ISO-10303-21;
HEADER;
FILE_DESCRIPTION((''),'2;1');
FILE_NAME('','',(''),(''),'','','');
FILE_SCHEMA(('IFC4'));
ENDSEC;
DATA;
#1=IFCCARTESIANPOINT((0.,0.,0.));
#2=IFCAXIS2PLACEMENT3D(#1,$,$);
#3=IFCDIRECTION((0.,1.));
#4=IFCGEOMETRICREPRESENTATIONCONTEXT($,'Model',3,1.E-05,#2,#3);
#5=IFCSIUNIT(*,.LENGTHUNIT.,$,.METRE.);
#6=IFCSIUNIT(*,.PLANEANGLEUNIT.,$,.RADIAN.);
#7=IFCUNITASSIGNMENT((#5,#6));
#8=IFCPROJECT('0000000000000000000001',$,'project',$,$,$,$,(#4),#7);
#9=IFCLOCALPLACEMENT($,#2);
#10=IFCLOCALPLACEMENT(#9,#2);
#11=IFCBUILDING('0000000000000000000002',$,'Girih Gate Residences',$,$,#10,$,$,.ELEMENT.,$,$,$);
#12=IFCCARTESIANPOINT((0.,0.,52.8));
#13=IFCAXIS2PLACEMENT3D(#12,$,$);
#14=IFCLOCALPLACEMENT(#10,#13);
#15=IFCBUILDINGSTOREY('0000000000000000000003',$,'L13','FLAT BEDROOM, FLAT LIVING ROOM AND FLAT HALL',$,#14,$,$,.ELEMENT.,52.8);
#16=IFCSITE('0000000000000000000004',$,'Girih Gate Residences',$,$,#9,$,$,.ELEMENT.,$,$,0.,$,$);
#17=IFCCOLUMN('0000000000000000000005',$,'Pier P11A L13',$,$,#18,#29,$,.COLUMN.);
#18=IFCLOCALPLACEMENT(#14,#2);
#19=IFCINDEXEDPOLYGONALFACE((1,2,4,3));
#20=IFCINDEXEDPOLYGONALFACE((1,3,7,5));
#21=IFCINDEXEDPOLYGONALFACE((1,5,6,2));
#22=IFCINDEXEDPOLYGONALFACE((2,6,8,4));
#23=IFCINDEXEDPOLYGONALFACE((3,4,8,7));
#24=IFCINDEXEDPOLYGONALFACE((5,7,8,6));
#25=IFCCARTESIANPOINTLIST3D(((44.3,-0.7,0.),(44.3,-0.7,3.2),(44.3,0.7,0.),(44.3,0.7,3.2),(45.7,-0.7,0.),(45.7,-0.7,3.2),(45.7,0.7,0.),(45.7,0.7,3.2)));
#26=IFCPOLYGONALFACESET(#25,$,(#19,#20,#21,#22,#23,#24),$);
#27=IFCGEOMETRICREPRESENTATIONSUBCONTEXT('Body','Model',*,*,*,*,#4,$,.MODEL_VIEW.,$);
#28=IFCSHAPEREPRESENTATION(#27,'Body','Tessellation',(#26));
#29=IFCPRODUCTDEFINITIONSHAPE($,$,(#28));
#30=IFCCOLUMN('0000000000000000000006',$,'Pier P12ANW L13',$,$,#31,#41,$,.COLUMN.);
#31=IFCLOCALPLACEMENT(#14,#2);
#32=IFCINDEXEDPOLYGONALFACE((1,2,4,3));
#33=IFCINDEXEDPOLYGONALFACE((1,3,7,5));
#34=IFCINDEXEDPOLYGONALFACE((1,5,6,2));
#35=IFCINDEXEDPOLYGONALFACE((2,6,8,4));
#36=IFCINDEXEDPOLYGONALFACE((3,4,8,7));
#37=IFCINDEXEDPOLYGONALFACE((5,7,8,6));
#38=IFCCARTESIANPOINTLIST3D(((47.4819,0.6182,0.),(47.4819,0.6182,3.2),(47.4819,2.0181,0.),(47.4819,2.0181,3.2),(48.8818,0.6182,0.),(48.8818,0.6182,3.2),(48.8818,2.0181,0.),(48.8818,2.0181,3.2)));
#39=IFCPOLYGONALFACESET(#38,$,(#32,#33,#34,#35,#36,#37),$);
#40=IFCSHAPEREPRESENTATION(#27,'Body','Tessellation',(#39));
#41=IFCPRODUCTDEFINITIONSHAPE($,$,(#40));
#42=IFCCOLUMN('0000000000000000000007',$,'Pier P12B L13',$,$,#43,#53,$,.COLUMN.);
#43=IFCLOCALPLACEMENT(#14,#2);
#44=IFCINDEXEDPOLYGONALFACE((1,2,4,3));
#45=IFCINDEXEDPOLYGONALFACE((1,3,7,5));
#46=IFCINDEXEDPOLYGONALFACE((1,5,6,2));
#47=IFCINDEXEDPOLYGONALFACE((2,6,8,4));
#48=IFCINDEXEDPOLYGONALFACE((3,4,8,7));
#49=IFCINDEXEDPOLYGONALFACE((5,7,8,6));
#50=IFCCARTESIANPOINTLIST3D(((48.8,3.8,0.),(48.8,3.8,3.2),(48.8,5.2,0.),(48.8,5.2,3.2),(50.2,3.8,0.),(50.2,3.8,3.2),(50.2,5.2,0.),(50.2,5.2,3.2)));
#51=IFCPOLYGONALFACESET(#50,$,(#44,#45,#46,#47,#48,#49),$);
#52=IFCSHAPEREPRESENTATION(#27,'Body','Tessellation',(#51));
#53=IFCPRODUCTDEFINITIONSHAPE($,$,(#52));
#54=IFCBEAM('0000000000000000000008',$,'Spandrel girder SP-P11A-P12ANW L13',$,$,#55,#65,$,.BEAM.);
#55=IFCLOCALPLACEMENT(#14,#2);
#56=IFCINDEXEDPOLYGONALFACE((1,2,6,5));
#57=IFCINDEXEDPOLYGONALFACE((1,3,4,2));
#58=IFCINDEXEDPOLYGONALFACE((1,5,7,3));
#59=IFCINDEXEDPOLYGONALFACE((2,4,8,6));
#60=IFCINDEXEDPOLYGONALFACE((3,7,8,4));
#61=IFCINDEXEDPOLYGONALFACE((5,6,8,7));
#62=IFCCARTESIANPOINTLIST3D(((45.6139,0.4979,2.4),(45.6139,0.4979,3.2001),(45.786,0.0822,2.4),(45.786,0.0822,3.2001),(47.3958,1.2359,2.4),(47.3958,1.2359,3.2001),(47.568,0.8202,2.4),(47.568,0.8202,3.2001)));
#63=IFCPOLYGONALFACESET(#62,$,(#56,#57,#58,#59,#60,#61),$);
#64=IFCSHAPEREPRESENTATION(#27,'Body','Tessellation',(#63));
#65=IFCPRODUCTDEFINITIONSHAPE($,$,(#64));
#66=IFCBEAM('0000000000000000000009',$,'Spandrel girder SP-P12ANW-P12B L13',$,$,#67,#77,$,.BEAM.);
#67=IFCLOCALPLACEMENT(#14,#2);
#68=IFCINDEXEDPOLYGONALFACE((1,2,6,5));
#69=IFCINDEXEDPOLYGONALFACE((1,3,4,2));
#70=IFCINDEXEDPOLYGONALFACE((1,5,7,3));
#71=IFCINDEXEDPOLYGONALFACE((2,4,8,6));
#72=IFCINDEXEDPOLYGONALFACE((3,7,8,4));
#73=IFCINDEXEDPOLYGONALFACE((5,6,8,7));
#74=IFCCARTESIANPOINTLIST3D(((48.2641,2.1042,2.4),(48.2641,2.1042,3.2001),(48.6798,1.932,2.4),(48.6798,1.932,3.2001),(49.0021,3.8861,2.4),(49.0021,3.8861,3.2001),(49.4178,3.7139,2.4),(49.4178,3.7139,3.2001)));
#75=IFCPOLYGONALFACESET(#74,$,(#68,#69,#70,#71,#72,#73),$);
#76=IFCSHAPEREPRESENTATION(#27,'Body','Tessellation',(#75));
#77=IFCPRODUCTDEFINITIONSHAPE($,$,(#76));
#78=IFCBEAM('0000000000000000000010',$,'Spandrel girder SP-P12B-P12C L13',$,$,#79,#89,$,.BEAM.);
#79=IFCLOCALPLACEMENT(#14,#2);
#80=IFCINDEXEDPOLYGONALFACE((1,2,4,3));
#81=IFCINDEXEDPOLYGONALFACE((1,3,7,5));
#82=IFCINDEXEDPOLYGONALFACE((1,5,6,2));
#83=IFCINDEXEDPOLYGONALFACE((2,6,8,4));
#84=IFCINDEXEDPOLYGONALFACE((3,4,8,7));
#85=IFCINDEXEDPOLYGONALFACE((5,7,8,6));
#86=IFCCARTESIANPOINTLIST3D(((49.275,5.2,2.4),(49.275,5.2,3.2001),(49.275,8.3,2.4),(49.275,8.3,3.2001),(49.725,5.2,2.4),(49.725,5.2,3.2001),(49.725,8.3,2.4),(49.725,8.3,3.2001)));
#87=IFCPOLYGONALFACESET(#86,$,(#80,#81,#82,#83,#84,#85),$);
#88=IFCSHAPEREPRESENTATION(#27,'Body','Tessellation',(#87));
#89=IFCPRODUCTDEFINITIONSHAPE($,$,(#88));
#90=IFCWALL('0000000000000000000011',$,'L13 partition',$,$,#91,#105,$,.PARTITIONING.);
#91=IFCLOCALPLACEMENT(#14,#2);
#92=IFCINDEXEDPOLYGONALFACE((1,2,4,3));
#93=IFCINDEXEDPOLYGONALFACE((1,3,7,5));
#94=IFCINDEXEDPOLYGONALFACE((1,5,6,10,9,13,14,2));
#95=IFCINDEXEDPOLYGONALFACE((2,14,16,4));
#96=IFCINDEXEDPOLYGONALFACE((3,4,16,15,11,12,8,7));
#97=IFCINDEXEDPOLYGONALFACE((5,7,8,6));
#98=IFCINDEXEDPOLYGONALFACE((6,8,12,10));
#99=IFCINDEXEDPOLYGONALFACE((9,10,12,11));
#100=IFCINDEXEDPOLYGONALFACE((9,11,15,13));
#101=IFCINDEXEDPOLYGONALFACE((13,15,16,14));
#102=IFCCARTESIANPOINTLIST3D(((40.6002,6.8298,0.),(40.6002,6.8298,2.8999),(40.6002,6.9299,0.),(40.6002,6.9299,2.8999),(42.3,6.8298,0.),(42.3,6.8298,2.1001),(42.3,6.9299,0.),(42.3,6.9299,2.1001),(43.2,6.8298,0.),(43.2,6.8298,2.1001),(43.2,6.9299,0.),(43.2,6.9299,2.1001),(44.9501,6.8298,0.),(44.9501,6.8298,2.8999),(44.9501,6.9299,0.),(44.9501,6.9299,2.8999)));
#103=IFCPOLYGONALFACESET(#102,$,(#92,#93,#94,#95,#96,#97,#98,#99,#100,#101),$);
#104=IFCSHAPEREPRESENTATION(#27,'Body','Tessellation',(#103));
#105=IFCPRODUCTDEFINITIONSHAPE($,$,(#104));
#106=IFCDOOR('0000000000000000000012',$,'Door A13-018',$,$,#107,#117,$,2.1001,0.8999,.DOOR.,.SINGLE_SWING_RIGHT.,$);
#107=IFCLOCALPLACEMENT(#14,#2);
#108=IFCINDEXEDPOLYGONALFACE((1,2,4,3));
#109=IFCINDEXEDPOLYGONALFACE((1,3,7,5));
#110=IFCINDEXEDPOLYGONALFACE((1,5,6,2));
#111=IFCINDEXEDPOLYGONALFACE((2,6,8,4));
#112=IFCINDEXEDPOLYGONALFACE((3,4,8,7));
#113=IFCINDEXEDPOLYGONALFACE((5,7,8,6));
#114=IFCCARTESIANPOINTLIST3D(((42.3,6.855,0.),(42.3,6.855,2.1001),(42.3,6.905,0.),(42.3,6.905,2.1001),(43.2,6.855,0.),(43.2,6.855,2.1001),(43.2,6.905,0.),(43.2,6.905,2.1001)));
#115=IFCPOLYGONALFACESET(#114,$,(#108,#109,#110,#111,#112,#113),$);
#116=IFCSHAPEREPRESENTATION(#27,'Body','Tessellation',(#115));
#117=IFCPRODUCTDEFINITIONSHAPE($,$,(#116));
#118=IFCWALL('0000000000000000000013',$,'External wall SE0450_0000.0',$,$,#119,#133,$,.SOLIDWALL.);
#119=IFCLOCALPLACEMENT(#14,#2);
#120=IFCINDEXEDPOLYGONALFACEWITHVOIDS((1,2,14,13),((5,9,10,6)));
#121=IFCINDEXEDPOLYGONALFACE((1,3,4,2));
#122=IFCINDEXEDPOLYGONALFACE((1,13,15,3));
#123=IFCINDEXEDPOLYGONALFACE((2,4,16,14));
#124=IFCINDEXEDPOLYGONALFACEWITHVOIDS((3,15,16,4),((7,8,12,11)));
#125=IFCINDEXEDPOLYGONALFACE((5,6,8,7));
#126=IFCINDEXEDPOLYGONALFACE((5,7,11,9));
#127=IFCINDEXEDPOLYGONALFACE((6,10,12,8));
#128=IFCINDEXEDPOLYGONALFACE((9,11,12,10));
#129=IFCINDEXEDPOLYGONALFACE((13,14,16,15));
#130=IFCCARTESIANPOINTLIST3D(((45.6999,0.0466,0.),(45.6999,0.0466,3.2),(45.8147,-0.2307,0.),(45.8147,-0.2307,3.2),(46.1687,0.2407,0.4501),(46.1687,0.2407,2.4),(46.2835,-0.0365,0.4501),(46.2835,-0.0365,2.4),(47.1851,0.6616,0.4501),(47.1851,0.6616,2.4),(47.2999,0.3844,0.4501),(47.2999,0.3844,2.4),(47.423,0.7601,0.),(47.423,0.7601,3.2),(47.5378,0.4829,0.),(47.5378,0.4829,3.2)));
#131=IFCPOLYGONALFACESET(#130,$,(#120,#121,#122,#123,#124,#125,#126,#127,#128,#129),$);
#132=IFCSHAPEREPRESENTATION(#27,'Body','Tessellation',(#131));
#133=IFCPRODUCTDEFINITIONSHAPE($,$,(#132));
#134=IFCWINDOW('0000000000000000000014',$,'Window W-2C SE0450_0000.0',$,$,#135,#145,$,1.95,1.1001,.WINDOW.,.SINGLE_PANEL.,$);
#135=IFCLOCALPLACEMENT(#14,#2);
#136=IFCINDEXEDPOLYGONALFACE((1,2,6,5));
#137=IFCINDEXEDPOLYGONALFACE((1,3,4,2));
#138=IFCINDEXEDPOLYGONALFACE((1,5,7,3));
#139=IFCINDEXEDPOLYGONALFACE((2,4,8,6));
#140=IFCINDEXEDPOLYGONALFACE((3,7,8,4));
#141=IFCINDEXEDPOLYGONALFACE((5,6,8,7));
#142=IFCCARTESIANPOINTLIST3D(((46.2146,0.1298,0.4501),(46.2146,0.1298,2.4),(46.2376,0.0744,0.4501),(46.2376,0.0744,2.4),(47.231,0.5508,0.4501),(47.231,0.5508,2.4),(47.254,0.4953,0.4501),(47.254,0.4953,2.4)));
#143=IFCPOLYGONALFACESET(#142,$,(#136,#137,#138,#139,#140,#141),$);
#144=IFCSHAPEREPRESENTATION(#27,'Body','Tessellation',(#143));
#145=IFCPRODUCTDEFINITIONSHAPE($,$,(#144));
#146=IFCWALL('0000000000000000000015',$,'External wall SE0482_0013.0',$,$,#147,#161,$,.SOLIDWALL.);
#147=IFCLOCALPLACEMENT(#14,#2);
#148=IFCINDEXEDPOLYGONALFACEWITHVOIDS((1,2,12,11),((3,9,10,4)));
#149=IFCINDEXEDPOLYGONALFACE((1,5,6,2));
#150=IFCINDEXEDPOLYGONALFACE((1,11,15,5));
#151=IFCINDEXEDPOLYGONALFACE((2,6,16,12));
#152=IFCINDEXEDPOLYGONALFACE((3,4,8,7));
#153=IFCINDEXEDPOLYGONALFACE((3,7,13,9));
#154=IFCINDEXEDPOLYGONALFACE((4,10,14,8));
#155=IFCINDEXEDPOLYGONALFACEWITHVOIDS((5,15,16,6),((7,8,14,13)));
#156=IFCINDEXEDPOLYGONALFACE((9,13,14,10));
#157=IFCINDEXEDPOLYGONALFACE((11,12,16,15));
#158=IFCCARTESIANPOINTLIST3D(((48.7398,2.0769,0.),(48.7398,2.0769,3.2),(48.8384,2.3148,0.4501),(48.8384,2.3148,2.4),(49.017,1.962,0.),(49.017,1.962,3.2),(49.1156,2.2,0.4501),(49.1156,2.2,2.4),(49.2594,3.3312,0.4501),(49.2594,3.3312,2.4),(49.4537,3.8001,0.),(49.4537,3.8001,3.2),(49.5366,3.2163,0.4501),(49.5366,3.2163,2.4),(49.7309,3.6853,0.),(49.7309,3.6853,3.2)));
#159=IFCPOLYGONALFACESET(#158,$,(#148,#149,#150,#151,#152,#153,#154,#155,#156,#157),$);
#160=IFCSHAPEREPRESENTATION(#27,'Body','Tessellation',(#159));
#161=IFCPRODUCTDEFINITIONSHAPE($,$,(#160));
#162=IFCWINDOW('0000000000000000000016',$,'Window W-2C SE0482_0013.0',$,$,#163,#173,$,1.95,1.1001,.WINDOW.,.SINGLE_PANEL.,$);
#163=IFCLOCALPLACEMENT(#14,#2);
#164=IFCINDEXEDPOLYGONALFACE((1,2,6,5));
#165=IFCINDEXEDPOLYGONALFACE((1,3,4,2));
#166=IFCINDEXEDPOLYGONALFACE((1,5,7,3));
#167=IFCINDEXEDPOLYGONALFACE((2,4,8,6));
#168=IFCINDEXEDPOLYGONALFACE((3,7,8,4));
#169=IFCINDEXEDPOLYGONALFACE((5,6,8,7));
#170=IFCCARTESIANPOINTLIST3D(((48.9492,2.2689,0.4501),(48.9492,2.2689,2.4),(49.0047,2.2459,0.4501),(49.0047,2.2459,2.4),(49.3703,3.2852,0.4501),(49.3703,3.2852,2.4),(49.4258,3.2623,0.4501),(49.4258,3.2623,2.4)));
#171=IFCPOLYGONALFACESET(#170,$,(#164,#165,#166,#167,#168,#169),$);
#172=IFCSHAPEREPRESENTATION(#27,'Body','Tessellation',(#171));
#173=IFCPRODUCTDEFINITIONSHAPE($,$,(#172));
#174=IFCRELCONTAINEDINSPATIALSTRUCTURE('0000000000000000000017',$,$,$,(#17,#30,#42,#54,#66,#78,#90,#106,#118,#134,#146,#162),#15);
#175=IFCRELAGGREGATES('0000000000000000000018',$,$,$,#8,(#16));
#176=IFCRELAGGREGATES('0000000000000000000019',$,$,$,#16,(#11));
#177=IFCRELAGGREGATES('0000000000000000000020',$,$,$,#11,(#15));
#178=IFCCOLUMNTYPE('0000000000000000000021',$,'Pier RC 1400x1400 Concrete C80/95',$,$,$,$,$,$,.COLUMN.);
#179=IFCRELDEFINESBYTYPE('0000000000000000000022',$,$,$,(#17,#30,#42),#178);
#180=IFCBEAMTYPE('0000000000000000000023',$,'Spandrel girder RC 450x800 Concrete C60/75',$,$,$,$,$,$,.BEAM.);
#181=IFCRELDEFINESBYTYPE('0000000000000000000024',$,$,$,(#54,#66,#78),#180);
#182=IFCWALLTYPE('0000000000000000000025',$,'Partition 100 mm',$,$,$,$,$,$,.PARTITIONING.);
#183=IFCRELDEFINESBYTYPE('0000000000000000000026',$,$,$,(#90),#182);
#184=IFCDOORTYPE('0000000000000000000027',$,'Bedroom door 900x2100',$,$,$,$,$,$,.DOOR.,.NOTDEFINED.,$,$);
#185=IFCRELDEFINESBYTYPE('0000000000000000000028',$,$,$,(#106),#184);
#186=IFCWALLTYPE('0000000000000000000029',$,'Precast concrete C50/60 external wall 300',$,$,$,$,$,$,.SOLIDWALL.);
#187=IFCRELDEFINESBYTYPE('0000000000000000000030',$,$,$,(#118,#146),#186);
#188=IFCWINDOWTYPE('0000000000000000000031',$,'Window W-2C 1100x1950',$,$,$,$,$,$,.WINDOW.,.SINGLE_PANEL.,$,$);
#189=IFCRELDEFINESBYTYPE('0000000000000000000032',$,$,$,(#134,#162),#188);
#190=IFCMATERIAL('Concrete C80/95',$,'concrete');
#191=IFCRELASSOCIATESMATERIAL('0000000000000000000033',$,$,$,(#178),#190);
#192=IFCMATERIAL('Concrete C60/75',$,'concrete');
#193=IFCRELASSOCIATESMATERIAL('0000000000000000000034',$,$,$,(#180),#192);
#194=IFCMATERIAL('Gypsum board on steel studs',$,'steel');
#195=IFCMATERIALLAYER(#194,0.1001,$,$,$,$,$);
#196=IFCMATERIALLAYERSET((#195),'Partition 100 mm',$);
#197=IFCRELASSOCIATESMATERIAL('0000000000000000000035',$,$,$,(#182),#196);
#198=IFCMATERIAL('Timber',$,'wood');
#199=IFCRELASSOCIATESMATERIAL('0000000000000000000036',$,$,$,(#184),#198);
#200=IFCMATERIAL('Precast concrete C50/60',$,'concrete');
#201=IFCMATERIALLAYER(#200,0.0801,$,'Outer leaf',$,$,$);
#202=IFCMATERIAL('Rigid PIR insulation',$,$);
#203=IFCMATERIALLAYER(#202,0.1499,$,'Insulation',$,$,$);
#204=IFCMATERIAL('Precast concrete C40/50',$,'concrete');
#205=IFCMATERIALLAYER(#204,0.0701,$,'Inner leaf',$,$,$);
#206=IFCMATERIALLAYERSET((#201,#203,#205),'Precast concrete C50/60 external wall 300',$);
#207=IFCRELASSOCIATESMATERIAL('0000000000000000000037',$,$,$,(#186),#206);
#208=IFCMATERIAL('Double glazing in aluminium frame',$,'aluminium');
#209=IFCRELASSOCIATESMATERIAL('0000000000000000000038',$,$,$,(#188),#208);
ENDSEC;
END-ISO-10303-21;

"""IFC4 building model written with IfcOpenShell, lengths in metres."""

from ifc_helpers import new_model, si_unit, direction, frame, frame_2d, origin, origin_2d, place, context, subcontext, project, spatial, rectangle, extrude, material, layer, layer_set, material_profile, profile_set, type_object, element, fill, save


model = new_model("IFC4")

# Units and contexts
model_context = context("Model", 3, precision=1e-05, world=origin(), true_north=direction((0.0, 1.0)))
body_context = subcontext(model_context, "Body", "Model", "MODEL_VIEW")
ifc_project = project(units=[si_unit("LENGTHUNIT", "METRE"), si_unit("PLANEANGLEUNIT", "RADIAN")], contexts=[model_context])

# Site, building, storey
site_placement = place(None, origin())
site = spatial("IfcSite", under=ifc_project, at=site_placement, Name="Girih Gate Residences", CompositionType="ELEMENT", RefElevation=0.0)
building_placement = place(site_placement, origin())
building = spatial("IfcBuilding", under=site, at=building_placement, Name="Girih Gate Residences", CompositionType="ELEMENT")
storey_placement = place(building_placement, frame((0.0, 0.0, 52.8)))
storey = spatial("IfcBuildingStorey", under=building, at=storey_placement, Name="L13", Description="FLAT BEDROOM, FLAT LIVING ROOM AND FLAT HALL", CompositionType="ELEMENT", Elevation=52.8)

# Columns
ifc_material_1 = material(Name="Concrete C80/95", Category="concrete")
ifc_material_profile_1 = material_profile(ifc_material_1, rectangle(XDim=1.3999, YDim=1.3999, at=origin_2d()))
ifc_profile_set_1 = profile_set([ifc_material_profile_1], Name="Concrete C80/95")
column_type = type_object("IfcColumnType", Name="Pier RC 1400x1400 Concrete C80/95", PredefinedType="COLUMN", material=ifc_profile_set_1)
for number, where, z_axis, x_axis, name in (
    (1, (45.0, 0.0, 0.0), (0.0, 0.0, 1.0), (1.0, 0.0, 0.0), "Pier P11A L13"),
    (2, (48.1819, 1.3181, 0.0), (0.0, 0.0, 1.0), (1.0, 0.0, 0.0), "Pier P12ANW L13"),
    (3, (49.5, 4.5, 0.0), (0.0, 0.0, 1.0), (1.0, 0.0, 0.0), "Pier P12B L13"),
):
    element("IfcColumn", number, at=place(storey_placement, frame(where, z_axis=z_axis, x_axis=x_axis)), inside=storey, type_object=column_type, Name=name, PredefinedType="COLUMN", context=body_context, shape_type="SweptSolid", body=[
        extrude(rectangle(XDim=1.3999, YDim=1.3999, at=origin_2d()), origin(), (0.0, 0.0, 1.0), 3.2),
    ])

# Beams
ifc_material_2 = material(Name="Concrete C60/75", Category="concrete")
ifc_material_profile_2 = material_profile(ifc_material_2, rectangle(XDim=0.45, YDim=0.8, at=origin_2d()))
ifc_profile_set_2 = profile_set([ifc_material_profile_2], Name="Concrete C60/75")
beam_type = type_object("IfcBeamType", Name="Spandrel girder RC 450x800 Concrete C60/75", PredefinedType="BEAM", material=ifc_profile_set_2)
for number, where, z_axis, x_axis, name in (
    (4, (45.7, 0.29, 2.8), (0.923895, 0.382646, 0.0), (-0.382646, 0.923895, 0.0), "Spandrel girder SP-P11A-P12ANW L13"),
    (5, (48.4719, 2.0181, 2.8), (0.382646, 0.923895, 0.0), (-0.923895, 0.382646, 0.0), "Spandrel girder SP-P12ANW-P12B L13"),
):
    element("IfcBeam", number, at=place(storey_placement, frame(where, z_axis=z_axis, x_axis=x_axis)), inside=storey, type_object=beam_type, Name=name, PredefinedType="BEAM", context=body_context, shape_type="SweptSolid", body=[
        extrude(rectangle(XDim=0.45, YDim=0.8, at=origin_2d()), origin(), (0.0, 0.0, 1.0), 1.9287),
    ])
beam_placement = place(storey_placement, frame((49.5, 5.2, 2.8), z_axis=(0.0, 1.0, 0.0), x_axis=(-1.0, 0.0, 0.0)))
element("IfcBeam", 6, at=beam_placement, inside=storey, type_object=beam_type, Name="Spandrel girder SP-P12B-P12C L13", PredefinedType="BEAM", context=body_context, shape_type="SweptSolid", body=[
    extrude(rectangle(XDim=0.45, YDim=0.8, at=origin_2d()), origin(), (0.0, 0.0, 1.0), 3.1001),
])

# Wall, opening, door
ifc_material_3 = material(Name="Gypsum board on steel studs", Category="steel")
ifc_layer_1 = layer(ifc_material_3, 0.1001)
ifc_layer_set_1 = layer_set([ifc_layer_1], Name="Partition 100 mm")
wall_type_1 = type_object("IfcWallType", Name="Partition 100 mm", PredefinedType="PARTITIONING", material=ifc_layer_set_1)
wall_1_placement = place(storey_placement, frame((44.95, 6.8799, 0.0), z_axis=(0.0, 0.0, 1.0), x_axis=(-1.0, 0.0, 0.0)))
wall_1 = element("IfcWall", 7, at=wall_1_placement, inside=storey, type_object=wall_type_1, Name="L13 partition", PredefinedType="PARTITIONING", context=body_context, shape_type="SweptSolid", body=[
    extrude(rectangle(XDim=4.3499, YDim=0.1001, at=frame_2d((2.1748, 0.0))), origin(), (0.0, 0.0, 1.0), 2.8999),
])
opening_1_placement = place(wall_1_placement, frame((1.75, 0.0, 0.0)))
opening_1 = element("IfcOpeningElement", 8, at=opening_1_placement, cuts=wall_1, PredefinedType="OPENING", context=body_context, shape_type="SweptSolid", body=[
    extrude(rectangle(XDim=0.8999, YDim=2.1001, at=frame_2d((0.45, 1.05))), frame((0.0, 0.0601, 0.0), z_axis=(0.0, -1.0, 0.0), x_axis=(1.0, 0.0, 0.0)), (0.0, 0.0, 1.0), 0.1201),
])
ifc_material_4 = material(Name="Timber", Category="wood")
door_type = type_object("IfcDoorType", Name="Bedroom door 900x2100", OperationType="NOTDEFINED", PredefinedType="DOOR", material=ifc_material_4)
door_placement = place(opening_1_placement, origin())
door = element("IfcDoor", 9, at=door_placement, inside=storey, type_object=door_type, Name="Door A13-018", OperationType="SINGLE_SWING_RIGHT", OverallHeight=2.1001, OverallWidth=0.8999, PredefinedType="DOOR", context=body_context, shape_type="SweptSolid", body=[
    extrude(rectangle(XDim=0.8999, YDim=2.1001, at=frame_2d((0.45, 1.05))), frame((0.0, 0.0249, 0.0), z_axis=(0.0, -1.0, 0.0), x_axis=(1.0, 0.0, 0.0)), (0.0, 0.0, 1.0), 0.05),
])
fill(opening_1, door)

# Walls, openings, windows
ifc_material_5 = material(Name="Precast concrete C50/60", Category="concrete")
ifc_layer_2 = layer(ifc_material_5, 0.0801, Name="Outer leaf")
ifc_material_6 = material(Name="Rigid PIR insulation")
ifc_layer_3 = layer(ifc_material_6, 0.1499, Name="Insulation")
ifc_material_7 = material(Name="Precast concrete C40/50", Category="concrete")
ifc_layer_4 = layer(ifc_material_7, 0.0701, Name="Inner leaf")
ifc_layer_set_2 = layer_set([ifc_layer_2, ifc_layer_3, ifc_layer_4], Name="Precast concrete C50/60 external wall 300")
wall_type_2 = type_object("IfcWallType", Name="Precast concrete C50/60 external wall 300", PredefinedType="SOLIDWALL", material=ifc_layer_set_2)
wall_2_placement = place(storey_placement, frame((47.4805, 0.6216, 0.0), z_axis=(0.0, 0.0, 1.0), x_axis=(-0.923904, -0.382625, 0.0)))
wall_2 = element("IfcWall", 10, at=wall_2_placement, inside=storey, type_object=wall_type_2, Name="External wall SE0450_0000.0", PredefinedType="SOLIDWALL", context=body_context, shape_type="SweptSolid", body=[
    extrude(rectangle(XDim=1.865, YDim=0.3, at=frame_2d((0.9326, 0.0))), origin(), (0.0, 0.0, 1.0), 3.2),
])
opening_2_placement = place(wall_2_placement, frame((0.2576, 0.0, 0.45)))
opening_2 = element("IfcOpeningElement", 11, at=opening_2_placement, cuts=wall_2, PredefinedType="OPENING", context=body_context, shape_type="SweptSolid", body=[
    extrude(rectangle(XDim=1.1001, YDim=1.95, at=frame_2d((0.55, 0.9751))), frame((0.0, 0.1599, 0.0), z_axis=(0.0, -1.0, 0.0), x_axis=(1.0, 0.0, 0.0)), (0.0, 0.0, 1.0), 0.3201),
])
ifc_material_8 = material(Name="Double glazing in aluminium frame", Category="aluminium")
window_type_1 = type_object("IfcWindowType", Name="Window W-2C 1100x1950", PartitioningType="SINGLE_PANEL", PredefinedType="WINDOW", material=ifc_material_8)
window_1_placement = place(opening_2_placement, origin())
window_1 = element("IfcWindow", 12, at=window_1_placement, inside=storey, type_object=window_type_1, Name="Window W-2C SE0450_0000.0", OverallHeight=1.95, OverallWidth=1.1001, PartitioningType="SINGLE_PANEL", PredefinedType="WINDOW", context=body_context, shape_type="SweptSolid", body=[
    extrude(rectangle(XDim=1.1001, YDim=1.95, at=frame_2d((0.55, 0.9751))), frame((0.0, 0.03, 0.0), z_axis=(0.0, -1.0, 0.0), x_axis=(1.0, 0.0, 0.0)), (0.0, 0.0, 1.0), 0.0601),
])
fill(opening_2, window_1)
wall_3_placement = place(storey_placement, frame((49.5923, 3.7427, 0.0), z_axis=(0.0, 0.0, 1.0), x_axis=(-0.382737, -0.923857, 0.0)))
wall_3 = element("IfcWall", 13, at=wall_3_placement, inside=storey, type_object=wall_type_2, Name="External wall SE0482_0013.0", PredefinedType="SOLIDWALL", context=body_context, shape_type="SweptSolid", body=[
    extrude(rectangle(XDim=1.8652, YDim=0.3, at=frame_2d((0.9326, 0.0))), origin(), (0.0, 0.0, 1.0), 3.2),
])
opening_3_placement = place(wall_3_placement, frame((0.5076, 0.0, 0.45)))
opening_3 = element("IfcOpeningElement", 14, at=opening_3_placement, cuts=wall_3, PredefinedType="OPENING", context=body_context, shape_type="SweptSolid", body=[
    extrude(rectangle(XDim=1.1001, YDim=1.95, at=frame_2d((0.55, 0.9751))), frame((0.0, 0.1599, 0.0), z_axis=(0.0, -1.0, 0.0), x_axis=(1.0, 0.0, 0.0)), (0.0, 0.0, 1.0), 0.3201),
])
window_2_placement = place(opening_3_placement, origin())
window_2 = element("IfcWindow", 15, at=window_2_placement, inside=storey, type_object=window_type_1, Name="Window W-2C SE0482_0013.0", OverallHeight=1.95, OverallWidth=1.1001, PartitioningType="SINGLE_PANEL", PredefinedType="WINDOW", context=body_context, shape_type="SweptSolid", body=[
    extrude(rectangle(XDim=1.1001, YDim=1.95, at=frame_2d((0.55, 0.9751))), frame((0.0, 0.03, 0.0), z_axis=(0.0, -1.0, 0.0), x_axis=(1.0, 0.0, 0.0)), (0.0, 0.0, 1.0), 0.0601),
])
fill(opening_3, window_2)

save(model, "model.ifc")
